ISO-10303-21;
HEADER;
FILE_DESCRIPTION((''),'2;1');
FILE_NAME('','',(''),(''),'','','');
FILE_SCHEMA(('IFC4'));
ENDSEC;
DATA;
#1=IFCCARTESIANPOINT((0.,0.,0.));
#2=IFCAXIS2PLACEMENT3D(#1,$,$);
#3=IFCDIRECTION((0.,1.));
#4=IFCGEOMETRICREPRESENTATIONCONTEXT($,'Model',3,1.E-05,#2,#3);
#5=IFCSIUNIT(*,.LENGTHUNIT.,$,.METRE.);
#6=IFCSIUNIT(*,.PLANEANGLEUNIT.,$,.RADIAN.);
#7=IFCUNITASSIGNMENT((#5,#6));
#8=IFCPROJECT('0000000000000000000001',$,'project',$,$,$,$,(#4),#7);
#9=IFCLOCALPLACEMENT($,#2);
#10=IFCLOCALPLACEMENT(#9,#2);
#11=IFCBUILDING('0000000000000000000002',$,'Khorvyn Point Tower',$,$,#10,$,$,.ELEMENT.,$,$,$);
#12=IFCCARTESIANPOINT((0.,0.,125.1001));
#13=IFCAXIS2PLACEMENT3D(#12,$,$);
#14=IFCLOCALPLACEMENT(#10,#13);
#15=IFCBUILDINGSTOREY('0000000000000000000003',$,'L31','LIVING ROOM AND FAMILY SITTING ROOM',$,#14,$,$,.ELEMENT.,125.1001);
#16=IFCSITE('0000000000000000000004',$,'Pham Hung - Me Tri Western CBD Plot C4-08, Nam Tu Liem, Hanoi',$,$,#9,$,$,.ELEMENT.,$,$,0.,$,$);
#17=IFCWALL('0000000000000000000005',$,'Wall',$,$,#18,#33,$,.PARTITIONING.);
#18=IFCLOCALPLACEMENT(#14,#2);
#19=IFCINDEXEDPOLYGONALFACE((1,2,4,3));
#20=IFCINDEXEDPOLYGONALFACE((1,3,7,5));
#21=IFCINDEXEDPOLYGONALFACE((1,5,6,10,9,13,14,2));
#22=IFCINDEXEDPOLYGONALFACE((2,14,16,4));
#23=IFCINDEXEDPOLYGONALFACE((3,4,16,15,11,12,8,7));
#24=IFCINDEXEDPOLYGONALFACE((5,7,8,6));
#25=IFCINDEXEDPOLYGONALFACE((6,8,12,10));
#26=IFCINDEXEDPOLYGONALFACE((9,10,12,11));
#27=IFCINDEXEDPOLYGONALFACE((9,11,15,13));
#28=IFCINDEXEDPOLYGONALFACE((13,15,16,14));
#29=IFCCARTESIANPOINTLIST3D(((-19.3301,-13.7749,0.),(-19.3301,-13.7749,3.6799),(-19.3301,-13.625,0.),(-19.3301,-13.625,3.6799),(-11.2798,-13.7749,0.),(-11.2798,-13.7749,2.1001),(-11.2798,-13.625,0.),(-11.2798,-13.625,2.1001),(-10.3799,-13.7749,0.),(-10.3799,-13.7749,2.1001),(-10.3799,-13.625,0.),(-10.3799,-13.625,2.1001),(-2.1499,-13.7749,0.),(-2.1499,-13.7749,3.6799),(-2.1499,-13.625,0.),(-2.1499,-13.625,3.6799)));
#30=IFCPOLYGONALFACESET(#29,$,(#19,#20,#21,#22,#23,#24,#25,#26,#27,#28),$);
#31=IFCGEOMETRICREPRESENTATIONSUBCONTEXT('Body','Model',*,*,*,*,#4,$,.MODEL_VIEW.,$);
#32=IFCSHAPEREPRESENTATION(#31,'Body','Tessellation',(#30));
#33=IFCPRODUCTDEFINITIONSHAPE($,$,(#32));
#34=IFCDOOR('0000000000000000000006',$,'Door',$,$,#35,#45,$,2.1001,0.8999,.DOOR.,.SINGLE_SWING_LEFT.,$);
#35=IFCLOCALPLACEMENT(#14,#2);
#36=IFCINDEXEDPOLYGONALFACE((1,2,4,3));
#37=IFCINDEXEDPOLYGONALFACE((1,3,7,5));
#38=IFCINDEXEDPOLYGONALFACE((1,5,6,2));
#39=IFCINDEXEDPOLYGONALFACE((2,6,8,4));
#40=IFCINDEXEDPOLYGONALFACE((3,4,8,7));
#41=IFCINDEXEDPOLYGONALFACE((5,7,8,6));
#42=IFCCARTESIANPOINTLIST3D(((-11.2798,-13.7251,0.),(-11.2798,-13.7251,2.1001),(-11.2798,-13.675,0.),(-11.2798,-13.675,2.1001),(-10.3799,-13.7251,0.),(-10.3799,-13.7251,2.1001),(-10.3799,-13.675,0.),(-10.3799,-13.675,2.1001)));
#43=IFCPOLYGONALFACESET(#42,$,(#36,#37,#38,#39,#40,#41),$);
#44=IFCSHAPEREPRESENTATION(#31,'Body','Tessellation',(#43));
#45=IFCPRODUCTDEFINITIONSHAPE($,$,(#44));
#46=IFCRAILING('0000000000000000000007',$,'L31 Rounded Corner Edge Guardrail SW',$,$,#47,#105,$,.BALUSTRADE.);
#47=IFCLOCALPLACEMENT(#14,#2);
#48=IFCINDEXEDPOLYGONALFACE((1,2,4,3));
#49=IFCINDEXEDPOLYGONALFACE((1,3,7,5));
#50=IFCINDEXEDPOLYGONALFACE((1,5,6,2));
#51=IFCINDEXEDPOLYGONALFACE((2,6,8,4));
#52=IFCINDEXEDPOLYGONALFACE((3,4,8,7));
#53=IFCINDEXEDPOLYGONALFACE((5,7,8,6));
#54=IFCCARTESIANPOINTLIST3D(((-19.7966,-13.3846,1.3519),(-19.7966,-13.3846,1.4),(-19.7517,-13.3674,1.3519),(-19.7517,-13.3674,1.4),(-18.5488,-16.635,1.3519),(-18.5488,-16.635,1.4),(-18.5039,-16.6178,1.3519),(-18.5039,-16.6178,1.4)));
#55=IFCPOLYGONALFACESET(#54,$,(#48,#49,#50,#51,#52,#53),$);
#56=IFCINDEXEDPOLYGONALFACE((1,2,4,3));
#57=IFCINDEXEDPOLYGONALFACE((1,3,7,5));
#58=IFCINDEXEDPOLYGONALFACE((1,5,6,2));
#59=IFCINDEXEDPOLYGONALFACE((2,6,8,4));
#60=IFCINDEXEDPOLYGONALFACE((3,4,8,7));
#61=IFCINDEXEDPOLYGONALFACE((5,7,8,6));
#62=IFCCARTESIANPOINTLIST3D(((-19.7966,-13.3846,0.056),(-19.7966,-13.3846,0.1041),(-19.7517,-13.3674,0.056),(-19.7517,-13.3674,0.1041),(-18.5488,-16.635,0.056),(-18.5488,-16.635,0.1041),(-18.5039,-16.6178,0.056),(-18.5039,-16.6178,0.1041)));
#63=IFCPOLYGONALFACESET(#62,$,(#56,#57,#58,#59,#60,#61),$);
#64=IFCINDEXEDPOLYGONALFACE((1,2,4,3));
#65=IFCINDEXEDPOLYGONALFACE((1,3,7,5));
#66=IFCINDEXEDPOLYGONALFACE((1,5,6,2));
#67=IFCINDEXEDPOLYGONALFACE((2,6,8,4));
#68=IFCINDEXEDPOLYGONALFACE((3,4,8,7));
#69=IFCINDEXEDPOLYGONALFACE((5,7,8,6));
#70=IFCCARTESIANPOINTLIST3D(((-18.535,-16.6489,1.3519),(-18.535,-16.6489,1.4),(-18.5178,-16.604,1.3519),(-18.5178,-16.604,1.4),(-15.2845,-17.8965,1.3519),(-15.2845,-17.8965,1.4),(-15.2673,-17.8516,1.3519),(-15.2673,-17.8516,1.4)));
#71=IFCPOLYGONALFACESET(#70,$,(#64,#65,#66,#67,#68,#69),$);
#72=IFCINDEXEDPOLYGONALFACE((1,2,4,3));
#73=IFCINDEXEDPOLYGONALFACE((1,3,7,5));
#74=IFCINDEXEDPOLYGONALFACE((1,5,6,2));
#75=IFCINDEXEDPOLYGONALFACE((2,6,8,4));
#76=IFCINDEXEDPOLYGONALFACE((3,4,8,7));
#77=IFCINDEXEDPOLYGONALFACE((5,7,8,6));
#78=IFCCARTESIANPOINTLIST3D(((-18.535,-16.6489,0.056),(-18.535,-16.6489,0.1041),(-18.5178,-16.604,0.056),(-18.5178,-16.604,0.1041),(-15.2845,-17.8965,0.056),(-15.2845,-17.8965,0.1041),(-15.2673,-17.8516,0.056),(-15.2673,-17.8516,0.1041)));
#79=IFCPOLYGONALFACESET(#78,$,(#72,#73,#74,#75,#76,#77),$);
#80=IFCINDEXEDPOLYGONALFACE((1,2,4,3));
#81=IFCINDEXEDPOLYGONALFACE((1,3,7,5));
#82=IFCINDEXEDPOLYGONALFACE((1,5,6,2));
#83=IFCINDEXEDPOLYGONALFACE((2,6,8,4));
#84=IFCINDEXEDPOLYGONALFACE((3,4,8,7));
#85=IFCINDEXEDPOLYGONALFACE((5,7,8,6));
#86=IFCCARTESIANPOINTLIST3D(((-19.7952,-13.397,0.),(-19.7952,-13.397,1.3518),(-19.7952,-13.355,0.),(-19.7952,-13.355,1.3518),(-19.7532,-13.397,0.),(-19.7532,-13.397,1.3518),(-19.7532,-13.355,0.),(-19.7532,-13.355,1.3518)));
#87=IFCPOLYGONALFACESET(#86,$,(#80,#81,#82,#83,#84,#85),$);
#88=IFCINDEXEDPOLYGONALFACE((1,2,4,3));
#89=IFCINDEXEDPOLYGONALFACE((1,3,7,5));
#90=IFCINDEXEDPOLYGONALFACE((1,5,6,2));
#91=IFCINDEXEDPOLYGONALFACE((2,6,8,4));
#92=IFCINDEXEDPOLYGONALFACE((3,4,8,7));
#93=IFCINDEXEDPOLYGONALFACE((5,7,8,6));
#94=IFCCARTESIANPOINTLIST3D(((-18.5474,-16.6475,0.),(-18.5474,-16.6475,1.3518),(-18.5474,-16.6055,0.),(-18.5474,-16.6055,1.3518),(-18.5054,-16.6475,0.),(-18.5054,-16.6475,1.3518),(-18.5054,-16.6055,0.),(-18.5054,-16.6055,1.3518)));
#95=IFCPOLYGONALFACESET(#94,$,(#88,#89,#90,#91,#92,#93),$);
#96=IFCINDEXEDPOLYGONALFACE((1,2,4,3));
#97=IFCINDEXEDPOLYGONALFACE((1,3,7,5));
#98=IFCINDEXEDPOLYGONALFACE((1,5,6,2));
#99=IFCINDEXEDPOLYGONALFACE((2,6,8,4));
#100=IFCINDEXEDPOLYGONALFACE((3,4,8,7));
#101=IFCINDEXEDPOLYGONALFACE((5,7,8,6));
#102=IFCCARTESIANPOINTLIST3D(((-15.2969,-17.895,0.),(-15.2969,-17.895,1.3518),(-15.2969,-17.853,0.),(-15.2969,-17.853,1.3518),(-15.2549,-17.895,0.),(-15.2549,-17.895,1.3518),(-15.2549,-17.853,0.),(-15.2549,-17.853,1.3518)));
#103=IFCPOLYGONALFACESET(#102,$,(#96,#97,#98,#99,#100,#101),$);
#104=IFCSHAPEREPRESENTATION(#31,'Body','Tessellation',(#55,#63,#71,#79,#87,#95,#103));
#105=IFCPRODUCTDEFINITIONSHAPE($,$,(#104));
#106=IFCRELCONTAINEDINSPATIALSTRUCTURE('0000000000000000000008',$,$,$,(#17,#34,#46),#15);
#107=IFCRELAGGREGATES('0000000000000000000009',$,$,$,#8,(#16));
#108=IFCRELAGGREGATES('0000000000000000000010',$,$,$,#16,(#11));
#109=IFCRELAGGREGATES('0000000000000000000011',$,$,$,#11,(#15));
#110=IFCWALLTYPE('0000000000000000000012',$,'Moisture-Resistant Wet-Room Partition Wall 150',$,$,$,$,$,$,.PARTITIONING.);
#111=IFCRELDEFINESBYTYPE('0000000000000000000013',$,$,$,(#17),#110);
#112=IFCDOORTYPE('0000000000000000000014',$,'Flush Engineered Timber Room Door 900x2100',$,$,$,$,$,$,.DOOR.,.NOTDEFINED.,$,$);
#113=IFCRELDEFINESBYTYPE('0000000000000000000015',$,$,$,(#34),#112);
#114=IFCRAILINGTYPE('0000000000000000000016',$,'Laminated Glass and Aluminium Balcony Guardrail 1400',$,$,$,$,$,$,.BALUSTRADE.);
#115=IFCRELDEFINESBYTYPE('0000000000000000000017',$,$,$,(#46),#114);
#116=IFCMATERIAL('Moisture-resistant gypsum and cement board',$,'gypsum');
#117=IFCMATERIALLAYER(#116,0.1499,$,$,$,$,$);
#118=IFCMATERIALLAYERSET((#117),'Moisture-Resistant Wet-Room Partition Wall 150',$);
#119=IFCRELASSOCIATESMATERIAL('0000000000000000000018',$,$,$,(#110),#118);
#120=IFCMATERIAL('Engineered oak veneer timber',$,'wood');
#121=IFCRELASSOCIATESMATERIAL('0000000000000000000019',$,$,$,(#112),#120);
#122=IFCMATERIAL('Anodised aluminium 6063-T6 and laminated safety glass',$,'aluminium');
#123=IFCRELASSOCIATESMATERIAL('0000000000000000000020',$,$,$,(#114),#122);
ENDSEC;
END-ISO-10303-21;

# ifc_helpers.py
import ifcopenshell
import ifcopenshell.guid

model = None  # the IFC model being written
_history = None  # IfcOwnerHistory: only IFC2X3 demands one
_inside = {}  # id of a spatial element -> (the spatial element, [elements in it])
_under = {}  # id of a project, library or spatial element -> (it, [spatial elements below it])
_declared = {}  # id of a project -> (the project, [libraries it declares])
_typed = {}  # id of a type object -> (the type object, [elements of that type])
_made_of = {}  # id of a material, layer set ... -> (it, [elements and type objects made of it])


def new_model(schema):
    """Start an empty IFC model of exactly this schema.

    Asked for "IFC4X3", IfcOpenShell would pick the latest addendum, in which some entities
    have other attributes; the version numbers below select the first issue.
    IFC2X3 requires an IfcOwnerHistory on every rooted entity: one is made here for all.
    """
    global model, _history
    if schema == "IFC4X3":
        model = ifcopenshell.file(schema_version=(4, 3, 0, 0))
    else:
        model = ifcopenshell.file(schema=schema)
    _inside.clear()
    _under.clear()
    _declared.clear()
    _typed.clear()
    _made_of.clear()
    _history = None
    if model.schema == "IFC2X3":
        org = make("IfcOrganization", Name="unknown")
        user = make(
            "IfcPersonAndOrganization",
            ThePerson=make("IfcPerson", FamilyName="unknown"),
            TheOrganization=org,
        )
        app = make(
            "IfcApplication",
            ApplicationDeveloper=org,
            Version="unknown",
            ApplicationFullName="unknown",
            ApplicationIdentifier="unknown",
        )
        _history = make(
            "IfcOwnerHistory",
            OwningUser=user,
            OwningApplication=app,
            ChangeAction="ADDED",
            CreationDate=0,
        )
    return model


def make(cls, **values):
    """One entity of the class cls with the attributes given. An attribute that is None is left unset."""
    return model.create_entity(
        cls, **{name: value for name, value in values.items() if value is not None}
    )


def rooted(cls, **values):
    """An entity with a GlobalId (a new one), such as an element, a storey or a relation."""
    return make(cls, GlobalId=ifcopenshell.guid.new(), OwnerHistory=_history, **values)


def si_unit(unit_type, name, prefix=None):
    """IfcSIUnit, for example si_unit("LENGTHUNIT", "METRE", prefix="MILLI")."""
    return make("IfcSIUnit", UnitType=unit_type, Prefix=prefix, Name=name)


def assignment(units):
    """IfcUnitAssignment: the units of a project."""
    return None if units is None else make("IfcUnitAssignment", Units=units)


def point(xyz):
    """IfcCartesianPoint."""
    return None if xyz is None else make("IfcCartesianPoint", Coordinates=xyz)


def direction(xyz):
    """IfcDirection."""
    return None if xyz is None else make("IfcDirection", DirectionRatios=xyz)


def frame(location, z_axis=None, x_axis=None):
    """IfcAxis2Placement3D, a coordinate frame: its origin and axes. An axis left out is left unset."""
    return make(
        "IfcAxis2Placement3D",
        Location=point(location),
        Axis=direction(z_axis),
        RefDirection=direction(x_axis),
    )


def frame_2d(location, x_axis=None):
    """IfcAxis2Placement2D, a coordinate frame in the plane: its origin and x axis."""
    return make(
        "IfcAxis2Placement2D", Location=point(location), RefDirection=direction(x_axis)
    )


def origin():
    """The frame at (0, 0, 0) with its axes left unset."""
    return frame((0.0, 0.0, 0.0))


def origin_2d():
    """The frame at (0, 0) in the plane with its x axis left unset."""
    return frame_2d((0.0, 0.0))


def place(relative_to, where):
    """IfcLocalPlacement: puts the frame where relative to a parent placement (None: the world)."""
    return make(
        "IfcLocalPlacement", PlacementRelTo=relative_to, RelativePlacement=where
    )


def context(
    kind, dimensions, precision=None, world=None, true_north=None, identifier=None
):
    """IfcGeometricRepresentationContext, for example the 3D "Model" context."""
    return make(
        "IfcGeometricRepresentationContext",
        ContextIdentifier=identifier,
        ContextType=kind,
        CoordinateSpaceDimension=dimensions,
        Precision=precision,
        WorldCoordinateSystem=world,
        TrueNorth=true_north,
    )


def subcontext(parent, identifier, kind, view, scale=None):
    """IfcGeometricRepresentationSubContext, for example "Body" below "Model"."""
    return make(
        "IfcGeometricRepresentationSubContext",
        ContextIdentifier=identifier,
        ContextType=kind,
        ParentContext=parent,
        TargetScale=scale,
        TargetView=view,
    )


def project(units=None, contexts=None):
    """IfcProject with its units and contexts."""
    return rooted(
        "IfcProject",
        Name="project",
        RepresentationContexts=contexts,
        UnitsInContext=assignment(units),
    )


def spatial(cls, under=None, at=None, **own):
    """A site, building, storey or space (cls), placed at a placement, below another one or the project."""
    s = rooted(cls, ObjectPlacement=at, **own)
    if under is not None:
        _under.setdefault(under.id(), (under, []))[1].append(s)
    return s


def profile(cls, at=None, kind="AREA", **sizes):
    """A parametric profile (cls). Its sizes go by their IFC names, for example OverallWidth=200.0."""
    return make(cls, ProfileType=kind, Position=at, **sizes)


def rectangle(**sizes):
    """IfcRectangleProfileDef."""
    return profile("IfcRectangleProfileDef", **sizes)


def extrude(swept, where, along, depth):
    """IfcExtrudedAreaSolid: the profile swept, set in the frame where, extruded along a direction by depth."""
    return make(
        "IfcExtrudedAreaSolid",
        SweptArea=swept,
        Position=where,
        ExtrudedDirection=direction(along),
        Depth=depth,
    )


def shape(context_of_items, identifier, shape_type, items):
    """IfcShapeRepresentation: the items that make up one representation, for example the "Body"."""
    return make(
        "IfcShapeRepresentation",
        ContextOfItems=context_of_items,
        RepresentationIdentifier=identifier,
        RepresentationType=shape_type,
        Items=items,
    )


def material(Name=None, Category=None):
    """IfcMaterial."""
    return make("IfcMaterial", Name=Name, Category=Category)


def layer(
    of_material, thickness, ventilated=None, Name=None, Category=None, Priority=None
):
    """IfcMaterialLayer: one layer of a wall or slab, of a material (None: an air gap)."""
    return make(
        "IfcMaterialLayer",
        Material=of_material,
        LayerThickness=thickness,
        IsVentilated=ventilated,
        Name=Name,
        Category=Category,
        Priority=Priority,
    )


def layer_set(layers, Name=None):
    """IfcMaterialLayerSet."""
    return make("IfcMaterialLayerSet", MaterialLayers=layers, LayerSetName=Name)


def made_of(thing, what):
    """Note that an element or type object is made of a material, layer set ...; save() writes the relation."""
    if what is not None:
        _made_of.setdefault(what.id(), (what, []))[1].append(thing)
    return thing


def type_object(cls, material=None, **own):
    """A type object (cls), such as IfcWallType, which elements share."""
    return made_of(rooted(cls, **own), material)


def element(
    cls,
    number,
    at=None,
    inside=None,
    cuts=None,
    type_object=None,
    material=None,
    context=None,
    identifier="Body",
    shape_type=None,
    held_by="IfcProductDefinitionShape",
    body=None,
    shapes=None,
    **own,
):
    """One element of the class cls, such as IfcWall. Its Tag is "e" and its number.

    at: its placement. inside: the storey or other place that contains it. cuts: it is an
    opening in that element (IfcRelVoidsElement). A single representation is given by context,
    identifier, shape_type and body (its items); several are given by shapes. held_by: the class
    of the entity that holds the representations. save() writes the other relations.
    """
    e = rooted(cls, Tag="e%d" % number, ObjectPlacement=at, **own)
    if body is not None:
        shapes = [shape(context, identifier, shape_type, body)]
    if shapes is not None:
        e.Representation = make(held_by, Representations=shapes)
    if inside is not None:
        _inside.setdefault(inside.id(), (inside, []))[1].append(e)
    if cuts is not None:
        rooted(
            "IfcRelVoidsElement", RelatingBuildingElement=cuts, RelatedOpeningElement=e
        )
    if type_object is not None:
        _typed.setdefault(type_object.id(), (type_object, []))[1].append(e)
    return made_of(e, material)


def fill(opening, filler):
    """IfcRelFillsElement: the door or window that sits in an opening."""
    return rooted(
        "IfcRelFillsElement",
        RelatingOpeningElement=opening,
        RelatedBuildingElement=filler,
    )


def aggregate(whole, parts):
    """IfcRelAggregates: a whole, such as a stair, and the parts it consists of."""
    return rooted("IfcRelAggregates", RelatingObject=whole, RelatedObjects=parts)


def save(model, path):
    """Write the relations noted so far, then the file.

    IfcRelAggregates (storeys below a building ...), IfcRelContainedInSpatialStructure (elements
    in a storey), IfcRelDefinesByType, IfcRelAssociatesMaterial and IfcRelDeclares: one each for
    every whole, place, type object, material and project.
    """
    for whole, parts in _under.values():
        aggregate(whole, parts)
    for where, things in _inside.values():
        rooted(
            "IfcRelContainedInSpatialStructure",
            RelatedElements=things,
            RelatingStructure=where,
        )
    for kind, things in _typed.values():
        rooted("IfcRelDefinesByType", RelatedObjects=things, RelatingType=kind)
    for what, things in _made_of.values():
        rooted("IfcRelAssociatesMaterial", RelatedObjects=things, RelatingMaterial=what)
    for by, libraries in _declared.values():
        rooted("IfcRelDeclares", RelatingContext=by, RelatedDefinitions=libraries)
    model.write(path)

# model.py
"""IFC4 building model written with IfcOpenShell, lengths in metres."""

from ifc_helpers import new_model, si_unit, direction, frame, frame_2d, origin, origin_2d, place, context, subcontext, project, spatial, rectangle, extrude, material, layer, layer_set, type_object, element, fill, save


model = new_model("IFC4")

# Units and contexts
model_context = context("Model", 3, precision=1e-05, world=origin(), true_north=direction((0.0, 1.0)))
body_context = subcontext(model_context, "Body", "Model", "MODEL_VIEW")
ifc_project = project(units=[si_unit("LENGTHUNIT", "METRE"), si_unit("PLANEANGLEUNIT", "RADIAN")], contexts=[model_context])

# Site, building, storey
site_placement = place(None, origin())
site = spatial("IfcSite", under=ifc_project, at=site_placement, Name="Pham Hung - Me Tri Western CBD Plot C4-08, Nam Tu Liem, Hanoi", CompositionType="ELEMENT", RefElevation=0.0)
building_placement = place(site_placement, origin())
building = spatial("IfcBuilding", under=site, at=building_placement, Name="Khorvyn Point Tower", CompositionType="ELEMENT")
storey_placement = place(building_placement, frame((0.0, 0.0, 125.1001)))
storey = spatial("IfcBuildingStorey", under=building, at=storey_placement, Name="L31", Description="LIVING ROOM AND FAMILY SITTING ROOM", CompositionType="ELEMENT", Elevation=125.1001)

# Wall, opening, door
ifc_material_1 = material(Name="Moisture-resistant gypsum and cement board", Category="gypsum")
ifc_layer_1 = layer(ifc_material_1, 0.1499)
ifc_layer_set_1 = layer_set([ifc_layer_1], Name="Moisture-Resistant Wet-Room Partition Wall 150")
wall_type_1 = type_object("IfcWallType", Name="Moisture-Resistant Wet-Room Partition Wall 150", PredefinedType="PARTITIONING", material=ifc_layer_set_1)
wall_1_placement = place(storey_placement, frame((-19.3301, -13.7, 0.0), z_axis=(0.0, 0.0, 1.0), x_axis=(1.0, 0.0, 0.0)))
wall_1 = element("IfcWall", 1, at=wall_1_placement, inside=storey, type_object=wall_type_1, Name="Wall", PredefinedType="PARTITIONING", context=body_context, shape_type="SweptSolid", body=[
    extrude(rectangle(XDim=17.1802, YDim=0.1499, at=frame_2d((8.5901, 0.0))), origin(), (0.0, 0.0, 1.0), 3.6799),
])
opening_1_placement = place(wall_1_placement, frame((8.0503, 0.0, 0.0)))
opening_1 = element("IfcOpeningElement", 2, at=opening_1_placement, cuts=wall_1, PredefinedType="OPENING", context=body_context, shape_type="SweptSolid", body=[
    extrude(rectangle(XDim=0.8999, YDim=2.1001, at=frame_2d((0.45, 1.05))), frame((0.0, 0.085, 0.0), z_axis=(0.0, -1.0, 0.0), x_axis=(1.0, 0.0, 0.0)), (0.0, 0.0, 1.0), 0.1699),
])
ifc_material_2 = material(Name="Engineered oak veneer timber", Category="wood")
door_type_1 = type_object("IfcDoorType", Name="Flush Engineered Timber Room Door 900x2100", OperationType="NOTDEFINED", PredefinedType="DOOR", material=ifc_material_2)
door_1_placement = place(opening_1_placement, origin())
door_1 = element("IfcDoor", 3, at=door_1_placement, inside=storey, type_object=door_type_1, Name="Door", OperationType="SINGLE_SWING_LEFT", OverallHeight=2.1001, OverallWidth=0.8999, PredefinedType="DOOR", context=body_context, shape_type="SweptSolid", body=[
    extrude(rectangle(XDim=0.8999, YDim=2.1001, at=frame_2d((0.45, 1.05))), frame((0.0, 0.0249, 0.0), z_axis=(0.0, -1.0, 0.0), x_axis=(1.0, 0.0, 0.0)), (0.0, 0.0, 1.0), 0.05),
])
fill(opening_1, door_1)

# Railing
ifc_material_3 = material(Name="Anodised aluminium 6063-T6 and laminated safety glass", Category="aluminium")
railing_type = type_object("IfcRailingType", Name="Laminated Glass and Aluminium Balcony Guardrail 1400", PredefinedType="BALUSTRADE", material=ifc_material_3)
railing_1_placement = place(storey_placement, frame((-19.7742, -13.376, 0.0)))
element("IfcRailing", 4, at=railing_1_placement, inside=storey, type_object=railing_type, Name="L31 Rounded Corner Edge Guardrail SW", PredefinedType="BALUSTRADE", context=body_context, shape_type="SweptSolid", body=[
    extrude(rectangle(XDim=0.0481, YDim=0.0481, at=origin_2d()), frame((0.0, 0.0, 1.376), z_axis=(0.358382, -0.933575, 0.0), x_axis=(0.933575, 0.358382, 0.0)), (0.0, 0.0, 1.0), 3.4817),
    extrude(rectangle(XDim=0.0481, YDim=0.0481, at=origin_2d()), frame((0.0, 0.0, 0.0801), z_axis=(0.358382, -0.933575, 0.0), x_axis=(0.933575, 0.358382, 0.0)), (0.0, 0.0, 1.0), 3.4817),
    extrude(rectangle(XDim=0.0481, YDim=0.0481, at=origin_2d()), frame((1.2478, -3.2505, 1.376), z_axis=(0.933598, -0.358321, 0.0), x_axis=(0.358321, 0.933598, 0.0)), (0.0, 0.0, 1.0), 3.4817),
    extrude(rectangle(XDim=0.0481, YDim=0.0481, at=origin_2d()), frame((1.2478, -3.2505, 0.0801), z_axis=(0.933598, -0.358321, 0.0), x_axis=(0.358321, 0.933598, 0.0)), (0.0, 0.0, 1.0), 3.4817),
    extrude(rectangle(XDim=0.042, YDim=0.042, at=origin_2d()), origin(), (0.0, 0.0, 1.0), 1.3518),
    extrude(rectangle(XDim=0.042, YDim=0.042, at=origin_2d()), frame((1.2478, -3.2505, 0.0)), (0.0, 0.0, 1.0), 1.3518),
    extrude(rectangle(XDim=0.042, YDim=0.042, at=origin_2d()), frame((4.4983, -4.498, 0.0)), (0.0, 0.0, 1.0), 1.3518),
])

save(model, "model.ifc")
